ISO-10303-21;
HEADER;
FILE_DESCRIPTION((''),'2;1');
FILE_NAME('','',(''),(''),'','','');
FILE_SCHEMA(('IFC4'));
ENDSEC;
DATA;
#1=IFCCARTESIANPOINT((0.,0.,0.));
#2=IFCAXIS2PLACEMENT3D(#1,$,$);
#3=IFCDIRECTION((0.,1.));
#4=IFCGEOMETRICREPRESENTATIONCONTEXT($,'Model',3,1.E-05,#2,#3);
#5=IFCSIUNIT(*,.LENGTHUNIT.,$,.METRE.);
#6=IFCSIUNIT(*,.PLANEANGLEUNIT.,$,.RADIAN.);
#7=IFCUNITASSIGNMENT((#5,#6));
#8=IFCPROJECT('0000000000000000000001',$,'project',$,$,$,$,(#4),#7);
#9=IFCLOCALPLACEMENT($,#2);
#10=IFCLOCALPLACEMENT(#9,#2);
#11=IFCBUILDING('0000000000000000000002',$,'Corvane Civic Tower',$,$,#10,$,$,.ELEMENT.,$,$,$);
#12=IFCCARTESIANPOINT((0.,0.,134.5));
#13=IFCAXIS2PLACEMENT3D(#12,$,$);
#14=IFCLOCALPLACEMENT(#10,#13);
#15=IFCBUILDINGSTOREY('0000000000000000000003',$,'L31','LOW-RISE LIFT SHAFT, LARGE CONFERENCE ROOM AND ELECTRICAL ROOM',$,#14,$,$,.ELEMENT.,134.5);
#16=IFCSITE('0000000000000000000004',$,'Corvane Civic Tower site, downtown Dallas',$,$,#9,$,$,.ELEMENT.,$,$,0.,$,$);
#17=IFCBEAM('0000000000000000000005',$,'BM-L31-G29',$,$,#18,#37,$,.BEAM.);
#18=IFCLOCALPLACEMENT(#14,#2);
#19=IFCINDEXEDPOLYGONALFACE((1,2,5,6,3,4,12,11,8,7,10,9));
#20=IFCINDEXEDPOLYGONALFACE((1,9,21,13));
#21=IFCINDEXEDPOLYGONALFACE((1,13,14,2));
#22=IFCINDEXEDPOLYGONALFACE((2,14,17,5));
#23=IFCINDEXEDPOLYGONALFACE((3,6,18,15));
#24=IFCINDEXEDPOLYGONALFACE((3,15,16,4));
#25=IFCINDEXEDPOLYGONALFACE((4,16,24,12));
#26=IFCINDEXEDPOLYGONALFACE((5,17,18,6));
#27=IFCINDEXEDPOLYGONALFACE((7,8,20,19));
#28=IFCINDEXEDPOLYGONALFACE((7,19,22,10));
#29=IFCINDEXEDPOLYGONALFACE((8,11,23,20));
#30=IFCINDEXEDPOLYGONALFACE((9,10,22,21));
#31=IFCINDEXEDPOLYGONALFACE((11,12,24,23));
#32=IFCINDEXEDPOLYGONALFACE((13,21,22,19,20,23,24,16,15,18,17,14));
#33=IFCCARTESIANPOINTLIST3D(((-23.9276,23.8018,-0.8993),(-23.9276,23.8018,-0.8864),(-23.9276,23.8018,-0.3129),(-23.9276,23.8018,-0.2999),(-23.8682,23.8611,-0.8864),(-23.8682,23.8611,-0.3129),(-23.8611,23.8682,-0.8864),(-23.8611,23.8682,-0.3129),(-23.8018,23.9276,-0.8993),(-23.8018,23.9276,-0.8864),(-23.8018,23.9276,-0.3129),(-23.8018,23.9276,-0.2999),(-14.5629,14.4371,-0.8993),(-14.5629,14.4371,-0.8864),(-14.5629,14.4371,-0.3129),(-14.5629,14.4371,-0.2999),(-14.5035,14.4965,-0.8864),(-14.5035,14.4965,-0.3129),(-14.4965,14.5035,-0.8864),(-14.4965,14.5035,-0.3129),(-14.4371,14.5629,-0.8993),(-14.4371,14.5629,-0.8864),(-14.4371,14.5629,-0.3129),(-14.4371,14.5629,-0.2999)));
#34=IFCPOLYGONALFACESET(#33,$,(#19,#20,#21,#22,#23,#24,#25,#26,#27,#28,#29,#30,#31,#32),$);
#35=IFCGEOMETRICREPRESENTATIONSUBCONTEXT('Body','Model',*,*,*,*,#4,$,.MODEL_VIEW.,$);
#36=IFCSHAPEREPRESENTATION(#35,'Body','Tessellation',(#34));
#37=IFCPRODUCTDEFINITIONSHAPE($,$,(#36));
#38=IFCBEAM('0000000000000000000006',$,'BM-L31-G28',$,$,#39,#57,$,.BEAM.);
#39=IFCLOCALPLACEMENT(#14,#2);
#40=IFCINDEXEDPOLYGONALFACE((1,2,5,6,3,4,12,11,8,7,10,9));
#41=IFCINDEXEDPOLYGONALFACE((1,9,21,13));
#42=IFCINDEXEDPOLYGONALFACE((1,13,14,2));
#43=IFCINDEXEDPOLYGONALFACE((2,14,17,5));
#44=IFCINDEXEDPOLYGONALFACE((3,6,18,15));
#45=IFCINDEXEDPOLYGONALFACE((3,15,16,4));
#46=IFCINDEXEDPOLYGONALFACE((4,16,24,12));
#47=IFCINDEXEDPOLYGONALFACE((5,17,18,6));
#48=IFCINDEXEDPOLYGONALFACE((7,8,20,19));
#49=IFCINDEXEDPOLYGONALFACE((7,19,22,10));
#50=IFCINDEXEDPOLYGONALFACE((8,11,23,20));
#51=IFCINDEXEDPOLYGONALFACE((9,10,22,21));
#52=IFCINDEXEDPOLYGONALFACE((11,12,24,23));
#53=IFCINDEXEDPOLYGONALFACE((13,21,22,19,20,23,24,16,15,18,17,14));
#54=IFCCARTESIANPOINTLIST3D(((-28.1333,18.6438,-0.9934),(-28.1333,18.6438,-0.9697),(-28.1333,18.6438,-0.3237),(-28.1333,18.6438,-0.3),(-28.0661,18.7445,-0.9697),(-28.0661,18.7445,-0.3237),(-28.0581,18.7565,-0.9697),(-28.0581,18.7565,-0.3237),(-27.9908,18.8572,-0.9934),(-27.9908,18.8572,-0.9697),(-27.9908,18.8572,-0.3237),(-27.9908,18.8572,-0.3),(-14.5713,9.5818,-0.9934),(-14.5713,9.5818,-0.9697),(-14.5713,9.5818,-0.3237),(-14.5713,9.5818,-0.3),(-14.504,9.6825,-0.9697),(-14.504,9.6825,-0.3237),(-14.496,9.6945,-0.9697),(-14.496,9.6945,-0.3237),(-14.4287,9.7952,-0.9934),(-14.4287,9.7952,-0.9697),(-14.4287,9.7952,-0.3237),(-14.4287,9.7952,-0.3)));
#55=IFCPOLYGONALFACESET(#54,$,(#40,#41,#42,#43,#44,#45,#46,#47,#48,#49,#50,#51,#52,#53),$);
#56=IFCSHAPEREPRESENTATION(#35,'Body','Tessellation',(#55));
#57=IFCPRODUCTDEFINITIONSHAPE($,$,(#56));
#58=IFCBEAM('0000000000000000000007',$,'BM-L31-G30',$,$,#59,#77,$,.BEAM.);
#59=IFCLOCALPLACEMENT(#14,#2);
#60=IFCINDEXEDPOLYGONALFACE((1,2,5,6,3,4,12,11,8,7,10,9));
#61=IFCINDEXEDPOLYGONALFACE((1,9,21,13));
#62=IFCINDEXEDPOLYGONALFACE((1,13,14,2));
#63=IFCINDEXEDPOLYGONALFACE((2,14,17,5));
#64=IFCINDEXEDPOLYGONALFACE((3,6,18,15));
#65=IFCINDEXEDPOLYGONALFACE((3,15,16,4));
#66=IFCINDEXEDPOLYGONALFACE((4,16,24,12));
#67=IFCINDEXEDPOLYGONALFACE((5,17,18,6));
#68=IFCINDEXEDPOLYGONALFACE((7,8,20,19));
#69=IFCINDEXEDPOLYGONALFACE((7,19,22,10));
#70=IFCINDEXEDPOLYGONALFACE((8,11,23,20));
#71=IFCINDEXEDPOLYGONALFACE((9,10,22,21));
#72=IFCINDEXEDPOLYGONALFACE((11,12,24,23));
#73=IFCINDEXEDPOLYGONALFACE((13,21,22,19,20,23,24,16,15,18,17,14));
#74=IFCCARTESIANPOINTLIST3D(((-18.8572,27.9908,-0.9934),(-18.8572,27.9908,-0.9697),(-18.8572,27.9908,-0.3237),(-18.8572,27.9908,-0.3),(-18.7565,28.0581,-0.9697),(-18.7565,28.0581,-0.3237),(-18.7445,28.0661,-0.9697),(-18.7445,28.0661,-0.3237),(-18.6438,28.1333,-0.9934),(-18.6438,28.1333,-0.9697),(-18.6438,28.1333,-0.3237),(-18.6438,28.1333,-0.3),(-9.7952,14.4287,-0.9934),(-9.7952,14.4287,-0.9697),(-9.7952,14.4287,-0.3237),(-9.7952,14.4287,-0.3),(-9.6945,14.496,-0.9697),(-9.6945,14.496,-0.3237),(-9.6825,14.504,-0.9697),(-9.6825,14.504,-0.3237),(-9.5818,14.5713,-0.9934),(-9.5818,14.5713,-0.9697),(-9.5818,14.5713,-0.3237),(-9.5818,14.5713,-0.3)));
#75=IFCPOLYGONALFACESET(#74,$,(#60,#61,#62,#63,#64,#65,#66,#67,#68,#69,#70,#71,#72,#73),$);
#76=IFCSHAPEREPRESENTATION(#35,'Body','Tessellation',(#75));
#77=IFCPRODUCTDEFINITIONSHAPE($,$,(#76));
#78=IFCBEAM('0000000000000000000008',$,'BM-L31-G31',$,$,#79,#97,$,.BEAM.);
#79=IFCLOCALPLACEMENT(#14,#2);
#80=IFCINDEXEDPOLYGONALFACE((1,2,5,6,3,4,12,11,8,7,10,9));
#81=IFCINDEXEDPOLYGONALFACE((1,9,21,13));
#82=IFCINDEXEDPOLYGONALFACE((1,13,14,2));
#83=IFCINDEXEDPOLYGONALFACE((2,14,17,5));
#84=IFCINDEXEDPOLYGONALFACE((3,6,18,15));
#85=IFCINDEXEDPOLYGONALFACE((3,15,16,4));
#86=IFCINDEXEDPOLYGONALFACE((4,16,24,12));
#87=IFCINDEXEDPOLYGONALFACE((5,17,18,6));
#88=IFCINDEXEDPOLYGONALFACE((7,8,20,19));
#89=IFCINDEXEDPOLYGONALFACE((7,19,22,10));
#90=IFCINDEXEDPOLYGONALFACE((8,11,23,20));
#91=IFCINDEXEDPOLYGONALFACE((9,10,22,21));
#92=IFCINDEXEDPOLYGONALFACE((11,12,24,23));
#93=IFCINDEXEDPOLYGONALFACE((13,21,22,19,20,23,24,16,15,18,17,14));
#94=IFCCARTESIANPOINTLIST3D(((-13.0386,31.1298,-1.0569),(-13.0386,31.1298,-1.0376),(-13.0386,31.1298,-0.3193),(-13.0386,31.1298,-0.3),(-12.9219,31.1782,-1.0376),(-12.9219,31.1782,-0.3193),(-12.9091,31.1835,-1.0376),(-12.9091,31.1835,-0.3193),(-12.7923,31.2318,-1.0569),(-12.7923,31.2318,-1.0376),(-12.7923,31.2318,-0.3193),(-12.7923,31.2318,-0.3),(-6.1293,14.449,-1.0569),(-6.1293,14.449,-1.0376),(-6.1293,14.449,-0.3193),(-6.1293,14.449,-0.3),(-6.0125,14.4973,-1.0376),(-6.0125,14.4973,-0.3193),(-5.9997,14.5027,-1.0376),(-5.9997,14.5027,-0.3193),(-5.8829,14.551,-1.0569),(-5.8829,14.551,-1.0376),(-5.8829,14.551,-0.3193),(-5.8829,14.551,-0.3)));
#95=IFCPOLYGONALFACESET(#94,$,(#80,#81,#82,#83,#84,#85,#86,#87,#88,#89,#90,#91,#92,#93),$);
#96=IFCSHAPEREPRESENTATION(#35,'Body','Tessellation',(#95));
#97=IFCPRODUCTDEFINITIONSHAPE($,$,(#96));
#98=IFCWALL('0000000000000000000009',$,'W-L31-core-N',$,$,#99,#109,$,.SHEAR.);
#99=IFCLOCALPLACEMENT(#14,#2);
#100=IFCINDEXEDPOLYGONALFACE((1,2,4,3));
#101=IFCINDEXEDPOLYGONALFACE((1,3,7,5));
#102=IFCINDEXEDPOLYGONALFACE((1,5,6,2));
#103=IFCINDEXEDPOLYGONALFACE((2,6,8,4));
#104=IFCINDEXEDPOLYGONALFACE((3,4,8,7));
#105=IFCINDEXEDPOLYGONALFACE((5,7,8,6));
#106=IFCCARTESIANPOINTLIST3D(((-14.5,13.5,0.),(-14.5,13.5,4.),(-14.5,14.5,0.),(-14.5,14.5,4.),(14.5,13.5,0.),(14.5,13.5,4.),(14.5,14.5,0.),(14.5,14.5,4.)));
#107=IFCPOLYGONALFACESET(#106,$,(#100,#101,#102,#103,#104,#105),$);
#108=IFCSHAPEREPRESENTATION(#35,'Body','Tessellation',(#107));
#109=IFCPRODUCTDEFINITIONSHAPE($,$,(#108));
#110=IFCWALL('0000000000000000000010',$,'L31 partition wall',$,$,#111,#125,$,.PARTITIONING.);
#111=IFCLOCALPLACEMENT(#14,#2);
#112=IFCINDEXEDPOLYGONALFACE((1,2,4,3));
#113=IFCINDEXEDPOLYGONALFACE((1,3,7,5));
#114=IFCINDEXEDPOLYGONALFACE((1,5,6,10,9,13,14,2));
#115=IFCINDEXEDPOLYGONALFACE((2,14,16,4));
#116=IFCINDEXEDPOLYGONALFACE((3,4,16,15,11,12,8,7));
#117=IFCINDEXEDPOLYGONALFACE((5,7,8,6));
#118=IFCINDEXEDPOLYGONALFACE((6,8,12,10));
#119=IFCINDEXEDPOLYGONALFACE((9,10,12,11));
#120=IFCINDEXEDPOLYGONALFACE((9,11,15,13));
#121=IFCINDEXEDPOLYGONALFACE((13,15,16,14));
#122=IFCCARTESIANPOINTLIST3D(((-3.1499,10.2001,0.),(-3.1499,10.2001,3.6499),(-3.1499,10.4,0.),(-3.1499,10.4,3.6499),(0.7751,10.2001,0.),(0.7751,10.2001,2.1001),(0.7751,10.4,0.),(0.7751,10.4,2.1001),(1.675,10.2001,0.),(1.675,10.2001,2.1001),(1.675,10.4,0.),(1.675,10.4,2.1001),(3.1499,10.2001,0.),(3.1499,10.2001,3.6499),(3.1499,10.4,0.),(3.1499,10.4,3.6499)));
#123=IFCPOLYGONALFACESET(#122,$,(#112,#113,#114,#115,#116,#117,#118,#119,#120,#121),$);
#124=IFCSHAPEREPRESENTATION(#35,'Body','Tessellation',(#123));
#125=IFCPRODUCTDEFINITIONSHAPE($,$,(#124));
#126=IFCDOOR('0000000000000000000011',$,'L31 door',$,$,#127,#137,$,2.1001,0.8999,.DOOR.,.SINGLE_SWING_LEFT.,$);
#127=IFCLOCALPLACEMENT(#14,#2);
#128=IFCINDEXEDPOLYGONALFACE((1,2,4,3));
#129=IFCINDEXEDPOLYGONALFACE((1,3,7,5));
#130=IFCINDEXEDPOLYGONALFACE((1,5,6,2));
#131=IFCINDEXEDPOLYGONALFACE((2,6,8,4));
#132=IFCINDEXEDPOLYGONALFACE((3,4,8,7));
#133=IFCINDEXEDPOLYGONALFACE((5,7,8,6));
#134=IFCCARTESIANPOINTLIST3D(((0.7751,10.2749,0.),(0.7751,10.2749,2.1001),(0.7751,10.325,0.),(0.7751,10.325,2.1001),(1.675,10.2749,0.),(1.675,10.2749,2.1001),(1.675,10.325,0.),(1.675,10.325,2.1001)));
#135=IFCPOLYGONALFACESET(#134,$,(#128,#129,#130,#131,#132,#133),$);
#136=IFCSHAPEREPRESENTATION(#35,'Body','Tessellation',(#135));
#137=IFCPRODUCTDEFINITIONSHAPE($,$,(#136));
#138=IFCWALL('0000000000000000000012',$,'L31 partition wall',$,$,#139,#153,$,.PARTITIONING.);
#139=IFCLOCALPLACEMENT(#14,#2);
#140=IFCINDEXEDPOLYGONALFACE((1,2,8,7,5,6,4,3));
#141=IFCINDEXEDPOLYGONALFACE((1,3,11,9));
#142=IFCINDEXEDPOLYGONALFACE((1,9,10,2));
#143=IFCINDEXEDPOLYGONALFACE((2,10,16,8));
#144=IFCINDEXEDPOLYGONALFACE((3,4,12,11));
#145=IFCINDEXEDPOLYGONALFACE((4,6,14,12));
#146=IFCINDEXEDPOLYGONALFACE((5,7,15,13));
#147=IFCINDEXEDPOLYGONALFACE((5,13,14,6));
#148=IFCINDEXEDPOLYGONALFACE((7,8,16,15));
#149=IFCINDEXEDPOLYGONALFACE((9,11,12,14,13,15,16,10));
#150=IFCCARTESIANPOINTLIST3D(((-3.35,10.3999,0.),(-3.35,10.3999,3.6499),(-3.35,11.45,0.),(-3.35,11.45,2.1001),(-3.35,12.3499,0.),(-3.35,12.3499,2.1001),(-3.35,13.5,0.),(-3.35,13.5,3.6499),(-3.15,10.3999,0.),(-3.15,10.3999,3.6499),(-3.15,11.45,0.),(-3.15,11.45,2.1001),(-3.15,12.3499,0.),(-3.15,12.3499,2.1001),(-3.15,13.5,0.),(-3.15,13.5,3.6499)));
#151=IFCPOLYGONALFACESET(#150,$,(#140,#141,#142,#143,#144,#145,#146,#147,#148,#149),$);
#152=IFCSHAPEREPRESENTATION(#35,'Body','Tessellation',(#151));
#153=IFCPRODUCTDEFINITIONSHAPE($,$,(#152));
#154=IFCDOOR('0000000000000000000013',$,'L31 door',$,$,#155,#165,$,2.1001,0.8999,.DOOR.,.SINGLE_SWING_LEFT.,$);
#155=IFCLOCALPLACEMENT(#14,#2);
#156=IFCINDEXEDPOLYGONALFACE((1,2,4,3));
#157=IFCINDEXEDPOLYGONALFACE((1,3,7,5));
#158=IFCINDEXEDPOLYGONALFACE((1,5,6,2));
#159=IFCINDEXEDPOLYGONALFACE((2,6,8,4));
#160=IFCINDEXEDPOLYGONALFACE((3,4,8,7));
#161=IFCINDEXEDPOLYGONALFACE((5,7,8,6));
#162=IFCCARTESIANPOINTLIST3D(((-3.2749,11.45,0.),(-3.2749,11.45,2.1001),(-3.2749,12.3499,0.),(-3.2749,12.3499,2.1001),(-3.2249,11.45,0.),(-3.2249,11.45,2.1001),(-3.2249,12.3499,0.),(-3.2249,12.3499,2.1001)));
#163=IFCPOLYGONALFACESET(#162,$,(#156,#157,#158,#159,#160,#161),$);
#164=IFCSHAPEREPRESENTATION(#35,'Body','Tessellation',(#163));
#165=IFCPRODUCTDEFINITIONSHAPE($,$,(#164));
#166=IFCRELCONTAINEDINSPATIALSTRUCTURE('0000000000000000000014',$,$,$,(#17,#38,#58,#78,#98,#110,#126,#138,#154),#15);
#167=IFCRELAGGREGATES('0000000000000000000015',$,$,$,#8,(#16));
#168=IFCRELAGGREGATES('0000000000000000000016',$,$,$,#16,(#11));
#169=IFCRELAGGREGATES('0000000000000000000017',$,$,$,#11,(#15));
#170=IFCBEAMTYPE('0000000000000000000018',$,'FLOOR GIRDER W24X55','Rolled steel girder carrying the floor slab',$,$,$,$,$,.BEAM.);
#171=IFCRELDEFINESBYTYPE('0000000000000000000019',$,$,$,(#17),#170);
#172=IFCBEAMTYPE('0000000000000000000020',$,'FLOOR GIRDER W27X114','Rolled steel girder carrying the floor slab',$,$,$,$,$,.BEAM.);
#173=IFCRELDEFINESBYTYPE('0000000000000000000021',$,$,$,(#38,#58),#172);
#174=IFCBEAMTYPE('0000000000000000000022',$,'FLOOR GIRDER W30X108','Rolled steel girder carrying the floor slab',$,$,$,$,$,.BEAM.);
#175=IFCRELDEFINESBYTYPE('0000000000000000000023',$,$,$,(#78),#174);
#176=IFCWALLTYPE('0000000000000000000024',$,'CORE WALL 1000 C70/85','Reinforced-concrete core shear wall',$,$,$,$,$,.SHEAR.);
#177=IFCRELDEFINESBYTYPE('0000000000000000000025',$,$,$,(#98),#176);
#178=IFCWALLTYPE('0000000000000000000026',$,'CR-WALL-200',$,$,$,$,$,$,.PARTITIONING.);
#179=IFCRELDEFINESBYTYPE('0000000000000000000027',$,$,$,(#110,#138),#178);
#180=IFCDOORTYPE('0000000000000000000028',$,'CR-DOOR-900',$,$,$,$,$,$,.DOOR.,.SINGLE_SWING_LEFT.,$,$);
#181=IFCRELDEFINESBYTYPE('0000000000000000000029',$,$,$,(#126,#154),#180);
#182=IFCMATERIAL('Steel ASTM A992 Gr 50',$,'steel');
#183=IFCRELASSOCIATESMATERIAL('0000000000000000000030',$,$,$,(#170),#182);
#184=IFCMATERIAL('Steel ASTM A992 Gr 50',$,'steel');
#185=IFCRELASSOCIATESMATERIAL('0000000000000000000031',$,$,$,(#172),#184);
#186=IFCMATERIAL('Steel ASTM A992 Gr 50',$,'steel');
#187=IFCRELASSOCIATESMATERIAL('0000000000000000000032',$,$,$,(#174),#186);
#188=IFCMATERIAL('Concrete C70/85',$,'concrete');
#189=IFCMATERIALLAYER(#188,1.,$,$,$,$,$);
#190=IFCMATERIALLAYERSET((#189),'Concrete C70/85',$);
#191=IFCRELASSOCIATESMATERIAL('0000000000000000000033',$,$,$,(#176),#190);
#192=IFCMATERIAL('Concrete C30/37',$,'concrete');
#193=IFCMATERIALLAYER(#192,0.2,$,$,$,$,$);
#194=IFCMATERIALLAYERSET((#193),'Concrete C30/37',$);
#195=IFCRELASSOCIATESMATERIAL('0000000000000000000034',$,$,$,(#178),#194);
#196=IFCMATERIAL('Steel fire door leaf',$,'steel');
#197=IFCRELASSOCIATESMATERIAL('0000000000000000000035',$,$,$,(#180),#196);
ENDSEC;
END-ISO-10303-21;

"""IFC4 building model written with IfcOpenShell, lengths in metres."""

from ifc_helpers import new_model, si_unit, direction, frame, frame_2d, origin, origin_2d, place, context, subcontext, project, spatial, rectangle, i_section, extrude, material, layer, layer_set, material_profile, profile_set, type_object, element, fill, save


model = new_model("IFC4")

# Units and contexts
model_context = context("Model", 3, precision=1e-05, world=origin(), true_north=direction((0.0, 1.0)))
body_context = subcontext(model_context, "Body", "Model", "MODEL_VIEW")
ifc_project = project(units=[si_unit("LENGTHUNIT", "METRE"), si_unit("PLANEANGLEUNIT", "RADIAN")], contexts=[model_context])

# Site, building, storey
site_placement = place(None, origin())
site = spatial("IfcSite", under=ifc_project, at=site_placement, Name="Corvane Civic Tower site, downtown Dallas", CompositionType="ELEMENT", RefElevation=0.0)
building_placement = place(site_placement, origin())
building = spatial("IfcBuilding", under=site, at=building_placement, Name="Corvane Civic Tower", CompositionType="ELEMENT")
storey_placement = place(building_placement, frame((0.0, 0.0, 134.5)))
storey = spatial("IfcBuildingStorey", under=building, at=storey_placement, Name="L31", Description="LOW-RISE LIFT SHAFT, LARGE CONFERENCE ROOM AND ELECTRICAL ROOM", CompositionType="ELEMENT", Elevation=134.5)

# Beams
ifc_material_1 = material(Name="Steel ASTM A992 Gr 50", Category="steel")
ifc_material_profile_1 = material_profile(ifc_material_1, i_section(OverallWidth=0.178, OverallDepth=0.5994, WebThickness=0.01, FlangeThickness=0.0129, at=origin_2d()), Name="W24X55")
ifc_profile_set_1 = profile_set([ifc_material_profile_1], Name="Steel ASTM A992 Gr 50")
beam_type_1 = type_object("IfcBeamType", Name="FLOOR GIRDER W24X55", Description="Rolled steel girder carrying the floor slab", PredefinedType="BEAM", material=ifc_profile_set_1)
beam_1_placement = place(storey_placement, frame((-14.5, 14.5, -0.5996), z_axis=(-0.707107, 0.707107, 0.0), x_axis=(-0.707107, -0.707107, 0.0)))
element("IfcBeam", 1, at=beam_1_placement, inside=storey, type_object=beam_type_1, Name="BM-L31-G29", PredefinedType="BEAM", context=body_context, shape_type="SweptSolid", body=[
    extrude(i_section(OverallWidth=0.178, OverallDepth=0.5994, WebThickness=0.01, FlangeThickness=0.0129, at=origin_2d()), origin(), (0.0, 0.0, 1.0), 13.2437),
])
ifc_material_2 = material(Name="Steel ASTM A992 Gr 50", Category="steel")
ifc_material_profile_2 = material_profile(ifc_material_2, i_section(OverallWidth=0.2566, OverallDepth=0.6934, WebThickness=0.0144, FlangeThickness=0.0237, at=origin_2d()), Name="W27X114")
ifc_profile_set_2 = profile_set([ifc_material_profile_2], Name="Steel ASTM A992 Gr 50")
beam_type_2 = type_object("IfcBeamType", Name="FLOOR GIRDER W27X114", Description="Rolled steel girder carrying the floor slab", PredefinedType="BEAM", material=ifc_profile_set_2)
for number, where, z_axis, x_axis, name in (
    (2, (-14.5, 9.6885, -0.6467), (-0.831465, 0.555577, 0.0), (-0.555577, -0.831465, 0.0), "BM-L31-G28"),
    (3, (-9.6885, 14.5, -0.6467), (-0.555577, 0.831465, 0.0), (-0.831465, -0.555577, 0.0), "BM-L31-G30"),
):
    element("IfcBeam", number, at=place(storey_placement, frame(where, z_axis=z_axis, x_axis=x_axis)), inside=storey, type_object=beam_type_2, Name=name, PredefinedType="BEAM", context=body_context, shape_type="SweptSolid", body=[
        extrude(i_section(OverallWidth=0.2566, OverallDepth=0.6934, WebThickness=0.0144, FlangeThickness=0.0237, at=origin_2d()), origin(), (0.0, 0.0, 1.0), 16.311),
    ])
ifc_material_3 = material(Name="Steel ASTM A992 Gr 50", Category="steel")
ifc_material_profile_3 = material_profile(ifc_material_3, i_section(OverallWidth=0.2666, OverallDepth=0.7568, WebThickness=0.0139, FlangeThickness=0.0193, at=origin_2d()), Name="W30X108")
ifc_profile_set_3 = profile_set([ifc_material_profile_3], Name="Steel ASTM A992 Gr 50")
beam_type_3 = type_object("IfcBeamType", Name="FLOOR GIRDER W30X108", Description="Rolled steel girder carrying the floor slab", PredefinedType="BEAM", material=ifc_profile_set_3)
beam_2_placement = place(storey_placement, frame((-6.0061, 14.5, -0.6785), z_axis=(-0.382682, 0.92388, 0.0), x_axis=(-0.92388, -0.382682, 0.0)))
element("IfcBeam", 4, at=beam_2_placement, inside=storey, type_object=beam_type_3, Name="BM-L31-G31", PredefinedType="BEAM", context=body_context, shape_type="SweptSolid", body=[
    extrude(i_section(OverallWidth=0.2666, OverallDepth=0.7568, WebThickness=0.0139, FlangeThickness=0.0193, at=origin_2d()), origin(), (0.0, 0.0, 1.0), 18.0552),
])

# Wall
ifc_material_4 = material(Name="Concrete C70/85", Category="concrete")
ifc_layer_1 = layer(ifc_material_4, 1.0)
ifc_layer_set_1 = layer_set([ifc_layer_1], Name="Concrete C70/85")
wall_type_1 = type_object("IfcWallType", Name="CORE WALL 1000 C70/85", Description="Reinforced-concrete core shear wall", PredefinedType="SHEAR", material=ifc_layer_set_1)
wall_1_placement = place(storey_placement, frame((-14.5, 14.0, 0.0), z_axis=(0.0, 0.0, 1.0), x_axis=(1.0, 0.0, 0.0)))
element("IfcWall", 5, at=wall_1_placement, inside=storey, type_object=wall_type_1, Name="W-L31-core-N", PredefinedType="SHEAR", context=body_context, shape_type="SweptSolid", body=[
    extrude(rectangle(XDim=29.0, YDim=1.0, at=frame_2d((14.5, 0.0))), origin(), (0.0, 0.0, 1.0), 4.0),
])

# Walls, openings, doors
ifc_material_5 = material(Name="Concrete C30/37", Category="concrete")
ifc_layer_2 = layer(ifc_material_5, 0.2)
ifc_layer_set_2 = layer_set([ifc_layer_2], Name="Concrete C30/37")
wall_type_2 = type_object("IfcWallType", Name="CR-WALL-200", PredefinedType="PARTITIONING", material=ifc_layer_set_2)
wall_2_placement = place(storey_placement, frame((-3.1499, 10.3, 0.0), z_axis=(0.0, 0.0, 1.0), x_axis=(1.0, 0.0, 0.0)))
wall_2 = element("IfcWall", 6, at=wall_2_placement, inside=storey, type_object=wall_type_2, Name="L31 partition wall", PredefinedType="PARTITIONING", context=body_context, shape_type="SweptSolid", body=[
    extrude(rectangle(XDim=6.2998, YDim=0.2, at=frame_2d((3.1499, 0.0))), origin(), (0.0, 0.0, 1.0), 3.6499),
])
opening_1_placement = place(wall_2_placement, frame((3.925, 0.0, 0.0)))
opening_1 = element("IfcOpeningElement", 7, at=opening_1_placement, cuts=wall_2, PredefinedType="OPENING", context=body_context, shape_type="SweptSolid", body=[
    extrude(rectangle(XDim=0.8999, YDim=2.1001, at=frame_2d((0.45, 1.05))), frame((0.0, 0.1099, 0.0), z_axis=(0.0, -1.0, 0.0), x_axis=(1.0, 0.0, 0.0)), (0.0, 0.0, 1.0), 0.22),
])
ifc_material_6 = material(Name="Steel fire door leaf", Category="steel")
door_type = type_object("IfcDoorType", Name="CR-DOOR-900", OperationType="SINGLE_SWING_LEFT", PredefinedType="DOOR", material=ifc_material_6)
door_1_placement = place(opening_1_placement, origin())
door_1 = element("IfcDoor", 8, at=door_1_placement, inside=storey, type_object=door_type, Name="L31 door", OperationType="SINGLE_SWING_LEFT", OverallHeight=2.1001, OverallWidth=0.8999, PredefinedType="DOOR", context=body_context, shape_type="SweptSolid", body=[
    extrude(rectangle(XDim=0.8999, YDim=2.1001, at=frame_2d((0.45, 1.05))), frame((0.0, 0.0249, 0.0), z_axis=(0.0, -1.0, 0.0), x_axis=(1.0, 0.0, 0.0)), (0.0, 0.0, 1.0), 0.05),
])
fill(opening_1, door_1)
wall_3_placement = place(storey_placement, frame((-3.25, 10.3999, 0.0), z_axis=(0.0, 0.0, 1.0), x_axis=(0.0, 1.0, 0.0)))
wall_3 = element("IfcWall", 9, at=wall_3_placement, inside=storey, type_object=wall_type_2, Name="L31 partition wall", PredefinedType="PARTITIONING", context=body_context, shape_type="SweptSolid", body=[
    extrude(rectangle(XDim=3.1001, YDim=0.2, at=frame_2d((1.55, 0.0))), origin(), (0.0, 0.0, 1.0), 3.6499),
])
opening_2_placement = place(wall_3_placement, frame((1.05, 0.0, 0.0)))
opening_2 = element("IfcOpeningElement", 10, at=opening_2_placement, cuts=wall_3, PredefinedType="OPENING", context=body_context, shape_type="SweptSolid", body=[
    extrude(rectangle(XDim=0.8999, YDim=2.1001, at=frame_2d((0.45, 1.05))), frame((0.0, 0.1099, 0.0), z_axis=(0.0, -1.0, 0.0), x_axis=(1.0, 0.0, 0.0)), (0.0, 0.0, 1.0), 0.22),
])
door_2_placement = place(opening_2_placement, origin())
door_2 = element("IfcDoor", 11, at=door_2_placement, inside=storey, type_object=door_type, Name="L31 door", OperationType="SINGLE_SWING_LEFT", OverallHeight=2.1001, OverallWidth=0.8999, PredefinedType="DOOR", context=body_context, shape_type="SweptSolid", body=[
    extrude(rectangle(XDim=0.8999, YDim=2.1001, at=frame_2d((0.45, 1.05))), frame((0.0, 0.0249, 0.0), z_axis=(0.0, -1.0, 0.0), x_axis=(1.0, 0.0, 0.0)), (0.0, 0.0, 1.0), 0.05),
])
fill(opening_2, door_2)

save(model, "model.ifc")
